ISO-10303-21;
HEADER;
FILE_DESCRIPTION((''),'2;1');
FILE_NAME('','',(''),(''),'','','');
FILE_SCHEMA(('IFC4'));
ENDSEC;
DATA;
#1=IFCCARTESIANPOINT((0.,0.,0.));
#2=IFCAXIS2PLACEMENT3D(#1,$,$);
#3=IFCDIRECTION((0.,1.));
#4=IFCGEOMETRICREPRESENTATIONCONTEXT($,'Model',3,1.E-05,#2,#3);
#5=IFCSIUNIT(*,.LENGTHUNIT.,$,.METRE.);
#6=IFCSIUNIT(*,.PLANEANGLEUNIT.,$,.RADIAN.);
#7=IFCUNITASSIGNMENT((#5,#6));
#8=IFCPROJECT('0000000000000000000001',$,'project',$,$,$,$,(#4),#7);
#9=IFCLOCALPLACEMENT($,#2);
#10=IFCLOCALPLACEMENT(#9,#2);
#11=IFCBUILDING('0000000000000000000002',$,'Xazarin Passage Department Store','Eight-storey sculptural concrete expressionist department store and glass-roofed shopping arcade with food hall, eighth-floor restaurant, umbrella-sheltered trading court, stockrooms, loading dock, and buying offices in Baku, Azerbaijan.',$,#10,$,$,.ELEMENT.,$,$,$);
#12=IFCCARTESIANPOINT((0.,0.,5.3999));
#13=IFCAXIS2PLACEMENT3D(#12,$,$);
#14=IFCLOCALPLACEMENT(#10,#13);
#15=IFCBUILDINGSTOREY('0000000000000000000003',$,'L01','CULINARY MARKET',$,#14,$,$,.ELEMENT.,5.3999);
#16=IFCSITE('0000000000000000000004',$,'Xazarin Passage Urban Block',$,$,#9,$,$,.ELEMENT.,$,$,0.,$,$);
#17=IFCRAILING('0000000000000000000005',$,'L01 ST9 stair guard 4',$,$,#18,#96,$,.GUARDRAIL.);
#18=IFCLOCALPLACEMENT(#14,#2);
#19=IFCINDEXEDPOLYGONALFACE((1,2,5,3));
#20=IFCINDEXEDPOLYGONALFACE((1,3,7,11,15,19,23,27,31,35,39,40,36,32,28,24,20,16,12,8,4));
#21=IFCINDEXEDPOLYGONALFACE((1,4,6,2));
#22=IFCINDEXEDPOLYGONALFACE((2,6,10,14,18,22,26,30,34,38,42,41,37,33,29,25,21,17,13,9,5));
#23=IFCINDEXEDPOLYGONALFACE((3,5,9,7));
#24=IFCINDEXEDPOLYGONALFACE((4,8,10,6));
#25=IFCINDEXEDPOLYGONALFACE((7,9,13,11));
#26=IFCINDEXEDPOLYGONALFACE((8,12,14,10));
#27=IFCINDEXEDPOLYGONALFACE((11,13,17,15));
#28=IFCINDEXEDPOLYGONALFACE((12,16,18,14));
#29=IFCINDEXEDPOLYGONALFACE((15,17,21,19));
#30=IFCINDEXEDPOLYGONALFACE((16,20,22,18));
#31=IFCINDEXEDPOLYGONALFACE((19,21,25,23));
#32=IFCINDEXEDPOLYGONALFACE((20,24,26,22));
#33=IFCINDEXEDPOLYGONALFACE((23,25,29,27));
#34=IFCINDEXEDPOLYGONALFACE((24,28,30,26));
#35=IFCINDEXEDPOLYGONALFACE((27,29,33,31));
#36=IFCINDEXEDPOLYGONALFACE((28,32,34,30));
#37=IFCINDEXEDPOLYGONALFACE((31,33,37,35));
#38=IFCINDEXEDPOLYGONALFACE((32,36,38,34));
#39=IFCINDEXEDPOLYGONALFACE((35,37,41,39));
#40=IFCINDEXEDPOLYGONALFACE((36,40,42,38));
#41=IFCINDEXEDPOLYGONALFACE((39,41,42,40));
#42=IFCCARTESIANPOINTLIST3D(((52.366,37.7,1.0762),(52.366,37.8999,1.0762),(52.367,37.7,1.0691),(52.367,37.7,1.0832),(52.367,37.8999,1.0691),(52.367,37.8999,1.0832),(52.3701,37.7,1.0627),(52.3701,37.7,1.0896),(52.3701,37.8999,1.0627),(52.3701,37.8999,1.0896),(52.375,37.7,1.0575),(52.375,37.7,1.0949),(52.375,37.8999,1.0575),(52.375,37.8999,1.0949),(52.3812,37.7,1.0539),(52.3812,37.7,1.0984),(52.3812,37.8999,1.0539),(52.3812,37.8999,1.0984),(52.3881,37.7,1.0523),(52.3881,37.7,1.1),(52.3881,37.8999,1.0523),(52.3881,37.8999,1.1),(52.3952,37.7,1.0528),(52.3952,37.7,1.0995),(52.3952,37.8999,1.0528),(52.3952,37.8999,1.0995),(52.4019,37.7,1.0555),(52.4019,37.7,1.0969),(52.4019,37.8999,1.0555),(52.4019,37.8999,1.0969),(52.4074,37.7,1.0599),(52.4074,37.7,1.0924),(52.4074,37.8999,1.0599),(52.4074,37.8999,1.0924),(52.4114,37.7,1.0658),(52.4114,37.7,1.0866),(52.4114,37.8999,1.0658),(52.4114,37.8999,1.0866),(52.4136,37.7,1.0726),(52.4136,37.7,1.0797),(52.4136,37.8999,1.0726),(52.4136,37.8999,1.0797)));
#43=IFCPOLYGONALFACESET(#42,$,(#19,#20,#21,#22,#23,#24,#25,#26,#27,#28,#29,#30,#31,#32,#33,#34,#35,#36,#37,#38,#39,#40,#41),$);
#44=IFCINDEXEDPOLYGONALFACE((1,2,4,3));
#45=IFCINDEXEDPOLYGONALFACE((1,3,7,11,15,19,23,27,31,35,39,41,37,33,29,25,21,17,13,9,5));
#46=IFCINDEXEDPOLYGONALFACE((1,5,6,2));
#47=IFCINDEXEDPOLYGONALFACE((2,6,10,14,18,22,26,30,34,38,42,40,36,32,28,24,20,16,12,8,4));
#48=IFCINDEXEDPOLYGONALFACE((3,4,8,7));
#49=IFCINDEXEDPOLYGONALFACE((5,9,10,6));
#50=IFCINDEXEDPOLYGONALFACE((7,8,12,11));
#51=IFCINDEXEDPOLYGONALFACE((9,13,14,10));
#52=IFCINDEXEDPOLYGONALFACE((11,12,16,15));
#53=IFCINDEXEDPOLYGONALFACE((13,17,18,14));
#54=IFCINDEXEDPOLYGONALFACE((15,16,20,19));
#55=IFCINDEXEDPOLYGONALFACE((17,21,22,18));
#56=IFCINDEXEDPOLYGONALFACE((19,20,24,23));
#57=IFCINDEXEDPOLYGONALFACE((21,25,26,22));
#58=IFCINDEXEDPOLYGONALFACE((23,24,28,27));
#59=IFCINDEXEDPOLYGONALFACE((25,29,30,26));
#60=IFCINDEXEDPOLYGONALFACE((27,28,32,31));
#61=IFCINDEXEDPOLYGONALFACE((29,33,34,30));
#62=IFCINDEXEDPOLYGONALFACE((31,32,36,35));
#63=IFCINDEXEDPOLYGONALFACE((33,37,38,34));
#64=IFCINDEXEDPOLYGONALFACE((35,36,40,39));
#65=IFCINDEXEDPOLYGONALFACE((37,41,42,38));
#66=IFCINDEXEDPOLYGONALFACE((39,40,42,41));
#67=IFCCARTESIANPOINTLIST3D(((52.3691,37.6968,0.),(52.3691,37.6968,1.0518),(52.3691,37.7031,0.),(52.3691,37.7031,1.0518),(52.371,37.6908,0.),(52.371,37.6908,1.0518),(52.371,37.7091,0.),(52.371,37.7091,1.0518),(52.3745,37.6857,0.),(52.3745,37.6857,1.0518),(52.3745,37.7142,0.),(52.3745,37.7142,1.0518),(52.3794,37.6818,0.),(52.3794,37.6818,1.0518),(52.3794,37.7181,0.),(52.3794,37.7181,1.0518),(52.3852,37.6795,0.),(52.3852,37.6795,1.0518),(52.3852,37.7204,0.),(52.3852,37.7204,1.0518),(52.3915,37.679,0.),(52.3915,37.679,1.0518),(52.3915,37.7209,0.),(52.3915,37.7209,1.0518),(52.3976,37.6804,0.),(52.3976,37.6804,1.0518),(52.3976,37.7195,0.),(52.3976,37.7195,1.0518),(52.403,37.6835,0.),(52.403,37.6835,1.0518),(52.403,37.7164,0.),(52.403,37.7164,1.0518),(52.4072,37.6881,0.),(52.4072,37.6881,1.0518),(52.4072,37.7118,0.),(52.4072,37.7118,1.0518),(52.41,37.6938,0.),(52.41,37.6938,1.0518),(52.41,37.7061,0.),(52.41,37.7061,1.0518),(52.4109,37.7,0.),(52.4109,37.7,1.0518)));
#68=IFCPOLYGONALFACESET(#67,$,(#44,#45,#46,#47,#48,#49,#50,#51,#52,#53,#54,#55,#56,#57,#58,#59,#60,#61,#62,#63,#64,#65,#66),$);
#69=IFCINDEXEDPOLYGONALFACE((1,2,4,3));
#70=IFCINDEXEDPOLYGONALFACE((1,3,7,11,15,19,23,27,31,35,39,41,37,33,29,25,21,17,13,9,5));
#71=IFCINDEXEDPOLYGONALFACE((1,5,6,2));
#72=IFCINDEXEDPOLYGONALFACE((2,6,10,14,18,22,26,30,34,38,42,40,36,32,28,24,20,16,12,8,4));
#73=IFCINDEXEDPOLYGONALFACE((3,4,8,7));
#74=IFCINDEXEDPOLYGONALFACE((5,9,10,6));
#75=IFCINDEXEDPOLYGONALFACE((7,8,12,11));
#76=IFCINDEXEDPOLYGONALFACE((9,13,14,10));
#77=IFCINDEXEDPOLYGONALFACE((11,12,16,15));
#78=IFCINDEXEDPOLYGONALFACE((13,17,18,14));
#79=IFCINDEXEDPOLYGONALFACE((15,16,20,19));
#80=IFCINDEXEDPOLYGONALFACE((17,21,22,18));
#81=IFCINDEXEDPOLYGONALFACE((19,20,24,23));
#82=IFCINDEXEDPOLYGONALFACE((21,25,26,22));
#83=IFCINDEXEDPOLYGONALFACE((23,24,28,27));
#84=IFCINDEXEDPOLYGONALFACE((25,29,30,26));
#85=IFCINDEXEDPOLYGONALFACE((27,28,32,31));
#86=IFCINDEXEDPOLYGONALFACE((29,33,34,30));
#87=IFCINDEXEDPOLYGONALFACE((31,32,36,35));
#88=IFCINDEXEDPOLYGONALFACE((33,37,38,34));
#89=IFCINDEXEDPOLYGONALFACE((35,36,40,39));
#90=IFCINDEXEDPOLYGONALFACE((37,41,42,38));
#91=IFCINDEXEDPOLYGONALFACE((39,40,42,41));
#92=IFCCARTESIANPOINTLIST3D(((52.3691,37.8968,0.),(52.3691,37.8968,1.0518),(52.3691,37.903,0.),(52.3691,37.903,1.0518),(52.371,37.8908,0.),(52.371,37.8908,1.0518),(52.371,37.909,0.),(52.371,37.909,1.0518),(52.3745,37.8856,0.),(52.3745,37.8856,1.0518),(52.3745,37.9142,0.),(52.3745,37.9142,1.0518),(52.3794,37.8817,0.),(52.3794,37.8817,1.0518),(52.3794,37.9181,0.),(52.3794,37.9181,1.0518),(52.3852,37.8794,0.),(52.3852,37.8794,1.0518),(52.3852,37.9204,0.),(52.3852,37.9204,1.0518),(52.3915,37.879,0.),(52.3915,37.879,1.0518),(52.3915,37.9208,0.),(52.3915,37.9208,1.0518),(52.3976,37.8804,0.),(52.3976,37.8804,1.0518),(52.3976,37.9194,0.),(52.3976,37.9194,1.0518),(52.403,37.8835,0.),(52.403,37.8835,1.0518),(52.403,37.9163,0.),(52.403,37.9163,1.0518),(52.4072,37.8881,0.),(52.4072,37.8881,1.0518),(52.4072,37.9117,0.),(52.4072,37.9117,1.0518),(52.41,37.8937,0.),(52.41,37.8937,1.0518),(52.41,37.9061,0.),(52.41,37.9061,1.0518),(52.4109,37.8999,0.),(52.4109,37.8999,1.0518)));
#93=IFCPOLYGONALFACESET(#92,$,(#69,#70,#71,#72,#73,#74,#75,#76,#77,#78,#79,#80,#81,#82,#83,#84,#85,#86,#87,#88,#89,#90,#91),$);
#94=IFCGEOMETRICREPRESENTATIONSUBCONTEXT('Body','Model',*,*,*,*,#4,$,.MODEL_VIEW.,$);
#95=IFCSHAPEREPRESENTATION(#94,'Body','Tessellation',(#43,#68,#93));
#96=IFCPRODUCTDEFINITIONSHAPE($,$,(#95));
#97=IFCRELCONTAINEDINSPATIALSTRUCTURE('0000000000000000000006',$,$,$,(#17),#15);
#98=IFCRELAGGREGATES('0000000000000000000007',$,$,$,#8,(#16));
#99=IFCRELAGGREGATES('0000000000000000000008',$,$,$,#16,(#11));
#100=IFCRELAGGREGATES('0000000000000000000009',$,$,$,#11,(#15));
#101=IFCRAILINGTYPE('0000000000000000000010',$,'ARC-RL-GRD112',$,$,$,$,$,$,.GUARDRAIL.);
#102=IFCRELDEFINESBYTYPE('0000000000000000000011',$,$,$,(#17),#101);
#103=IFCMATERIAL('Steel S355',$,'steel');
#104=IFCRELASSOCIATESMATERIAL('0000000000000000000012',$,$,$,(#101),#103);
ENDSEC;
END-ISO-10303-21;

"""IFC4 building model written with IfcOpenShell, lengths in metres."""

from ifc_helpers import new_model, si_unit, direction, frame, origin, origin_2d, place, context, subcontext, project, spatial, circle, extrude, material, type_object, element, save


model = new_model("IFC4")

# Units and contexts
model_context = context("Model", 3, precision=1e-05, world=origin(), true_north=direction((0.0, 1.0)))
body_context = subcontext(model_context, "Body", "Model", "MODEL_VIEW")
ifc_project = project(units=[si_unit("LENGTHUNIT", "METRE"), si_unit("PLANEANGLEUNIT", "RADIAN")], contexts=[model_context])

# Site, building, storey
site_placement = place(None, origin())
site = spatial("IfcSite", under=ifc_project, at=site_placement, Name="Xazarin Passage Urban Block", CompositionType="ELEMENT", RefElevation=0.0)
building_placement = place(site_placement, origin())
building = spatial("IfcBuilding", under=site, at=building_placement, Name="Xazarin Passage Department Store", Description="Eight-storey sculptural concrete expressionist department store and glass-roofed shopping arcade with food hall, eighth-floor restaurant, umbrella-sheltered trading court, stockrooms, loading dock, and buying offices in Baku, Azerbaijan.", CompositionType="ELEMENT")
storey_placement = place(building_placement, frame((0.0, 0.0, 5.3999)))
storey = spatial("IfcBuildingStorey", under=building, at=storey_placement, Name="L01", Description="CULINARY MARKET", CompositionType="ELEMENT", Elevation=5.3999)

# Shared definitions
ifc_material_1 = material(Name="Steel S355", Category="steel")

# Railing
railing_type_1 = type_object("IfcRailingType", Name="ARC-RL-GRD112", PredefinedType="GUARDRAIL", material=ifc_material_1)
railing_1_placement = place(storey_placement, frame((52.3899, 37.7, 0.0)))
element("IfcRailing", 1, at=railing_1_placement, inside=storey, type_object=railing_type_1, Name="L01 ST9 stair guard 4", PredefinedType="GUARDRAIL", context=body_context, shape_type="SweptSolid", body=[
    extrude(circle(Radius=0.0239, at=origin_2d()), frame((0.0, 0.0, 1.0762), z_axis=(0.0, 1.0, 0.0), x_axis=(-1.0, 0.0, 0.0)), (0.0, 0.0, 1.0), 0.2),
    extrude(circle(Radius=0.021, at=origin_2d()), origin(), (0.0, 0.0, 1.0), 1.0518),
    extrude(circle(Radius=0.021, at=origin_2d()), frame((0.0, 0.2, 0.0)), (0.0, 0.0, 1.0), 1.0518),
])

save(model, "model.ifc")
